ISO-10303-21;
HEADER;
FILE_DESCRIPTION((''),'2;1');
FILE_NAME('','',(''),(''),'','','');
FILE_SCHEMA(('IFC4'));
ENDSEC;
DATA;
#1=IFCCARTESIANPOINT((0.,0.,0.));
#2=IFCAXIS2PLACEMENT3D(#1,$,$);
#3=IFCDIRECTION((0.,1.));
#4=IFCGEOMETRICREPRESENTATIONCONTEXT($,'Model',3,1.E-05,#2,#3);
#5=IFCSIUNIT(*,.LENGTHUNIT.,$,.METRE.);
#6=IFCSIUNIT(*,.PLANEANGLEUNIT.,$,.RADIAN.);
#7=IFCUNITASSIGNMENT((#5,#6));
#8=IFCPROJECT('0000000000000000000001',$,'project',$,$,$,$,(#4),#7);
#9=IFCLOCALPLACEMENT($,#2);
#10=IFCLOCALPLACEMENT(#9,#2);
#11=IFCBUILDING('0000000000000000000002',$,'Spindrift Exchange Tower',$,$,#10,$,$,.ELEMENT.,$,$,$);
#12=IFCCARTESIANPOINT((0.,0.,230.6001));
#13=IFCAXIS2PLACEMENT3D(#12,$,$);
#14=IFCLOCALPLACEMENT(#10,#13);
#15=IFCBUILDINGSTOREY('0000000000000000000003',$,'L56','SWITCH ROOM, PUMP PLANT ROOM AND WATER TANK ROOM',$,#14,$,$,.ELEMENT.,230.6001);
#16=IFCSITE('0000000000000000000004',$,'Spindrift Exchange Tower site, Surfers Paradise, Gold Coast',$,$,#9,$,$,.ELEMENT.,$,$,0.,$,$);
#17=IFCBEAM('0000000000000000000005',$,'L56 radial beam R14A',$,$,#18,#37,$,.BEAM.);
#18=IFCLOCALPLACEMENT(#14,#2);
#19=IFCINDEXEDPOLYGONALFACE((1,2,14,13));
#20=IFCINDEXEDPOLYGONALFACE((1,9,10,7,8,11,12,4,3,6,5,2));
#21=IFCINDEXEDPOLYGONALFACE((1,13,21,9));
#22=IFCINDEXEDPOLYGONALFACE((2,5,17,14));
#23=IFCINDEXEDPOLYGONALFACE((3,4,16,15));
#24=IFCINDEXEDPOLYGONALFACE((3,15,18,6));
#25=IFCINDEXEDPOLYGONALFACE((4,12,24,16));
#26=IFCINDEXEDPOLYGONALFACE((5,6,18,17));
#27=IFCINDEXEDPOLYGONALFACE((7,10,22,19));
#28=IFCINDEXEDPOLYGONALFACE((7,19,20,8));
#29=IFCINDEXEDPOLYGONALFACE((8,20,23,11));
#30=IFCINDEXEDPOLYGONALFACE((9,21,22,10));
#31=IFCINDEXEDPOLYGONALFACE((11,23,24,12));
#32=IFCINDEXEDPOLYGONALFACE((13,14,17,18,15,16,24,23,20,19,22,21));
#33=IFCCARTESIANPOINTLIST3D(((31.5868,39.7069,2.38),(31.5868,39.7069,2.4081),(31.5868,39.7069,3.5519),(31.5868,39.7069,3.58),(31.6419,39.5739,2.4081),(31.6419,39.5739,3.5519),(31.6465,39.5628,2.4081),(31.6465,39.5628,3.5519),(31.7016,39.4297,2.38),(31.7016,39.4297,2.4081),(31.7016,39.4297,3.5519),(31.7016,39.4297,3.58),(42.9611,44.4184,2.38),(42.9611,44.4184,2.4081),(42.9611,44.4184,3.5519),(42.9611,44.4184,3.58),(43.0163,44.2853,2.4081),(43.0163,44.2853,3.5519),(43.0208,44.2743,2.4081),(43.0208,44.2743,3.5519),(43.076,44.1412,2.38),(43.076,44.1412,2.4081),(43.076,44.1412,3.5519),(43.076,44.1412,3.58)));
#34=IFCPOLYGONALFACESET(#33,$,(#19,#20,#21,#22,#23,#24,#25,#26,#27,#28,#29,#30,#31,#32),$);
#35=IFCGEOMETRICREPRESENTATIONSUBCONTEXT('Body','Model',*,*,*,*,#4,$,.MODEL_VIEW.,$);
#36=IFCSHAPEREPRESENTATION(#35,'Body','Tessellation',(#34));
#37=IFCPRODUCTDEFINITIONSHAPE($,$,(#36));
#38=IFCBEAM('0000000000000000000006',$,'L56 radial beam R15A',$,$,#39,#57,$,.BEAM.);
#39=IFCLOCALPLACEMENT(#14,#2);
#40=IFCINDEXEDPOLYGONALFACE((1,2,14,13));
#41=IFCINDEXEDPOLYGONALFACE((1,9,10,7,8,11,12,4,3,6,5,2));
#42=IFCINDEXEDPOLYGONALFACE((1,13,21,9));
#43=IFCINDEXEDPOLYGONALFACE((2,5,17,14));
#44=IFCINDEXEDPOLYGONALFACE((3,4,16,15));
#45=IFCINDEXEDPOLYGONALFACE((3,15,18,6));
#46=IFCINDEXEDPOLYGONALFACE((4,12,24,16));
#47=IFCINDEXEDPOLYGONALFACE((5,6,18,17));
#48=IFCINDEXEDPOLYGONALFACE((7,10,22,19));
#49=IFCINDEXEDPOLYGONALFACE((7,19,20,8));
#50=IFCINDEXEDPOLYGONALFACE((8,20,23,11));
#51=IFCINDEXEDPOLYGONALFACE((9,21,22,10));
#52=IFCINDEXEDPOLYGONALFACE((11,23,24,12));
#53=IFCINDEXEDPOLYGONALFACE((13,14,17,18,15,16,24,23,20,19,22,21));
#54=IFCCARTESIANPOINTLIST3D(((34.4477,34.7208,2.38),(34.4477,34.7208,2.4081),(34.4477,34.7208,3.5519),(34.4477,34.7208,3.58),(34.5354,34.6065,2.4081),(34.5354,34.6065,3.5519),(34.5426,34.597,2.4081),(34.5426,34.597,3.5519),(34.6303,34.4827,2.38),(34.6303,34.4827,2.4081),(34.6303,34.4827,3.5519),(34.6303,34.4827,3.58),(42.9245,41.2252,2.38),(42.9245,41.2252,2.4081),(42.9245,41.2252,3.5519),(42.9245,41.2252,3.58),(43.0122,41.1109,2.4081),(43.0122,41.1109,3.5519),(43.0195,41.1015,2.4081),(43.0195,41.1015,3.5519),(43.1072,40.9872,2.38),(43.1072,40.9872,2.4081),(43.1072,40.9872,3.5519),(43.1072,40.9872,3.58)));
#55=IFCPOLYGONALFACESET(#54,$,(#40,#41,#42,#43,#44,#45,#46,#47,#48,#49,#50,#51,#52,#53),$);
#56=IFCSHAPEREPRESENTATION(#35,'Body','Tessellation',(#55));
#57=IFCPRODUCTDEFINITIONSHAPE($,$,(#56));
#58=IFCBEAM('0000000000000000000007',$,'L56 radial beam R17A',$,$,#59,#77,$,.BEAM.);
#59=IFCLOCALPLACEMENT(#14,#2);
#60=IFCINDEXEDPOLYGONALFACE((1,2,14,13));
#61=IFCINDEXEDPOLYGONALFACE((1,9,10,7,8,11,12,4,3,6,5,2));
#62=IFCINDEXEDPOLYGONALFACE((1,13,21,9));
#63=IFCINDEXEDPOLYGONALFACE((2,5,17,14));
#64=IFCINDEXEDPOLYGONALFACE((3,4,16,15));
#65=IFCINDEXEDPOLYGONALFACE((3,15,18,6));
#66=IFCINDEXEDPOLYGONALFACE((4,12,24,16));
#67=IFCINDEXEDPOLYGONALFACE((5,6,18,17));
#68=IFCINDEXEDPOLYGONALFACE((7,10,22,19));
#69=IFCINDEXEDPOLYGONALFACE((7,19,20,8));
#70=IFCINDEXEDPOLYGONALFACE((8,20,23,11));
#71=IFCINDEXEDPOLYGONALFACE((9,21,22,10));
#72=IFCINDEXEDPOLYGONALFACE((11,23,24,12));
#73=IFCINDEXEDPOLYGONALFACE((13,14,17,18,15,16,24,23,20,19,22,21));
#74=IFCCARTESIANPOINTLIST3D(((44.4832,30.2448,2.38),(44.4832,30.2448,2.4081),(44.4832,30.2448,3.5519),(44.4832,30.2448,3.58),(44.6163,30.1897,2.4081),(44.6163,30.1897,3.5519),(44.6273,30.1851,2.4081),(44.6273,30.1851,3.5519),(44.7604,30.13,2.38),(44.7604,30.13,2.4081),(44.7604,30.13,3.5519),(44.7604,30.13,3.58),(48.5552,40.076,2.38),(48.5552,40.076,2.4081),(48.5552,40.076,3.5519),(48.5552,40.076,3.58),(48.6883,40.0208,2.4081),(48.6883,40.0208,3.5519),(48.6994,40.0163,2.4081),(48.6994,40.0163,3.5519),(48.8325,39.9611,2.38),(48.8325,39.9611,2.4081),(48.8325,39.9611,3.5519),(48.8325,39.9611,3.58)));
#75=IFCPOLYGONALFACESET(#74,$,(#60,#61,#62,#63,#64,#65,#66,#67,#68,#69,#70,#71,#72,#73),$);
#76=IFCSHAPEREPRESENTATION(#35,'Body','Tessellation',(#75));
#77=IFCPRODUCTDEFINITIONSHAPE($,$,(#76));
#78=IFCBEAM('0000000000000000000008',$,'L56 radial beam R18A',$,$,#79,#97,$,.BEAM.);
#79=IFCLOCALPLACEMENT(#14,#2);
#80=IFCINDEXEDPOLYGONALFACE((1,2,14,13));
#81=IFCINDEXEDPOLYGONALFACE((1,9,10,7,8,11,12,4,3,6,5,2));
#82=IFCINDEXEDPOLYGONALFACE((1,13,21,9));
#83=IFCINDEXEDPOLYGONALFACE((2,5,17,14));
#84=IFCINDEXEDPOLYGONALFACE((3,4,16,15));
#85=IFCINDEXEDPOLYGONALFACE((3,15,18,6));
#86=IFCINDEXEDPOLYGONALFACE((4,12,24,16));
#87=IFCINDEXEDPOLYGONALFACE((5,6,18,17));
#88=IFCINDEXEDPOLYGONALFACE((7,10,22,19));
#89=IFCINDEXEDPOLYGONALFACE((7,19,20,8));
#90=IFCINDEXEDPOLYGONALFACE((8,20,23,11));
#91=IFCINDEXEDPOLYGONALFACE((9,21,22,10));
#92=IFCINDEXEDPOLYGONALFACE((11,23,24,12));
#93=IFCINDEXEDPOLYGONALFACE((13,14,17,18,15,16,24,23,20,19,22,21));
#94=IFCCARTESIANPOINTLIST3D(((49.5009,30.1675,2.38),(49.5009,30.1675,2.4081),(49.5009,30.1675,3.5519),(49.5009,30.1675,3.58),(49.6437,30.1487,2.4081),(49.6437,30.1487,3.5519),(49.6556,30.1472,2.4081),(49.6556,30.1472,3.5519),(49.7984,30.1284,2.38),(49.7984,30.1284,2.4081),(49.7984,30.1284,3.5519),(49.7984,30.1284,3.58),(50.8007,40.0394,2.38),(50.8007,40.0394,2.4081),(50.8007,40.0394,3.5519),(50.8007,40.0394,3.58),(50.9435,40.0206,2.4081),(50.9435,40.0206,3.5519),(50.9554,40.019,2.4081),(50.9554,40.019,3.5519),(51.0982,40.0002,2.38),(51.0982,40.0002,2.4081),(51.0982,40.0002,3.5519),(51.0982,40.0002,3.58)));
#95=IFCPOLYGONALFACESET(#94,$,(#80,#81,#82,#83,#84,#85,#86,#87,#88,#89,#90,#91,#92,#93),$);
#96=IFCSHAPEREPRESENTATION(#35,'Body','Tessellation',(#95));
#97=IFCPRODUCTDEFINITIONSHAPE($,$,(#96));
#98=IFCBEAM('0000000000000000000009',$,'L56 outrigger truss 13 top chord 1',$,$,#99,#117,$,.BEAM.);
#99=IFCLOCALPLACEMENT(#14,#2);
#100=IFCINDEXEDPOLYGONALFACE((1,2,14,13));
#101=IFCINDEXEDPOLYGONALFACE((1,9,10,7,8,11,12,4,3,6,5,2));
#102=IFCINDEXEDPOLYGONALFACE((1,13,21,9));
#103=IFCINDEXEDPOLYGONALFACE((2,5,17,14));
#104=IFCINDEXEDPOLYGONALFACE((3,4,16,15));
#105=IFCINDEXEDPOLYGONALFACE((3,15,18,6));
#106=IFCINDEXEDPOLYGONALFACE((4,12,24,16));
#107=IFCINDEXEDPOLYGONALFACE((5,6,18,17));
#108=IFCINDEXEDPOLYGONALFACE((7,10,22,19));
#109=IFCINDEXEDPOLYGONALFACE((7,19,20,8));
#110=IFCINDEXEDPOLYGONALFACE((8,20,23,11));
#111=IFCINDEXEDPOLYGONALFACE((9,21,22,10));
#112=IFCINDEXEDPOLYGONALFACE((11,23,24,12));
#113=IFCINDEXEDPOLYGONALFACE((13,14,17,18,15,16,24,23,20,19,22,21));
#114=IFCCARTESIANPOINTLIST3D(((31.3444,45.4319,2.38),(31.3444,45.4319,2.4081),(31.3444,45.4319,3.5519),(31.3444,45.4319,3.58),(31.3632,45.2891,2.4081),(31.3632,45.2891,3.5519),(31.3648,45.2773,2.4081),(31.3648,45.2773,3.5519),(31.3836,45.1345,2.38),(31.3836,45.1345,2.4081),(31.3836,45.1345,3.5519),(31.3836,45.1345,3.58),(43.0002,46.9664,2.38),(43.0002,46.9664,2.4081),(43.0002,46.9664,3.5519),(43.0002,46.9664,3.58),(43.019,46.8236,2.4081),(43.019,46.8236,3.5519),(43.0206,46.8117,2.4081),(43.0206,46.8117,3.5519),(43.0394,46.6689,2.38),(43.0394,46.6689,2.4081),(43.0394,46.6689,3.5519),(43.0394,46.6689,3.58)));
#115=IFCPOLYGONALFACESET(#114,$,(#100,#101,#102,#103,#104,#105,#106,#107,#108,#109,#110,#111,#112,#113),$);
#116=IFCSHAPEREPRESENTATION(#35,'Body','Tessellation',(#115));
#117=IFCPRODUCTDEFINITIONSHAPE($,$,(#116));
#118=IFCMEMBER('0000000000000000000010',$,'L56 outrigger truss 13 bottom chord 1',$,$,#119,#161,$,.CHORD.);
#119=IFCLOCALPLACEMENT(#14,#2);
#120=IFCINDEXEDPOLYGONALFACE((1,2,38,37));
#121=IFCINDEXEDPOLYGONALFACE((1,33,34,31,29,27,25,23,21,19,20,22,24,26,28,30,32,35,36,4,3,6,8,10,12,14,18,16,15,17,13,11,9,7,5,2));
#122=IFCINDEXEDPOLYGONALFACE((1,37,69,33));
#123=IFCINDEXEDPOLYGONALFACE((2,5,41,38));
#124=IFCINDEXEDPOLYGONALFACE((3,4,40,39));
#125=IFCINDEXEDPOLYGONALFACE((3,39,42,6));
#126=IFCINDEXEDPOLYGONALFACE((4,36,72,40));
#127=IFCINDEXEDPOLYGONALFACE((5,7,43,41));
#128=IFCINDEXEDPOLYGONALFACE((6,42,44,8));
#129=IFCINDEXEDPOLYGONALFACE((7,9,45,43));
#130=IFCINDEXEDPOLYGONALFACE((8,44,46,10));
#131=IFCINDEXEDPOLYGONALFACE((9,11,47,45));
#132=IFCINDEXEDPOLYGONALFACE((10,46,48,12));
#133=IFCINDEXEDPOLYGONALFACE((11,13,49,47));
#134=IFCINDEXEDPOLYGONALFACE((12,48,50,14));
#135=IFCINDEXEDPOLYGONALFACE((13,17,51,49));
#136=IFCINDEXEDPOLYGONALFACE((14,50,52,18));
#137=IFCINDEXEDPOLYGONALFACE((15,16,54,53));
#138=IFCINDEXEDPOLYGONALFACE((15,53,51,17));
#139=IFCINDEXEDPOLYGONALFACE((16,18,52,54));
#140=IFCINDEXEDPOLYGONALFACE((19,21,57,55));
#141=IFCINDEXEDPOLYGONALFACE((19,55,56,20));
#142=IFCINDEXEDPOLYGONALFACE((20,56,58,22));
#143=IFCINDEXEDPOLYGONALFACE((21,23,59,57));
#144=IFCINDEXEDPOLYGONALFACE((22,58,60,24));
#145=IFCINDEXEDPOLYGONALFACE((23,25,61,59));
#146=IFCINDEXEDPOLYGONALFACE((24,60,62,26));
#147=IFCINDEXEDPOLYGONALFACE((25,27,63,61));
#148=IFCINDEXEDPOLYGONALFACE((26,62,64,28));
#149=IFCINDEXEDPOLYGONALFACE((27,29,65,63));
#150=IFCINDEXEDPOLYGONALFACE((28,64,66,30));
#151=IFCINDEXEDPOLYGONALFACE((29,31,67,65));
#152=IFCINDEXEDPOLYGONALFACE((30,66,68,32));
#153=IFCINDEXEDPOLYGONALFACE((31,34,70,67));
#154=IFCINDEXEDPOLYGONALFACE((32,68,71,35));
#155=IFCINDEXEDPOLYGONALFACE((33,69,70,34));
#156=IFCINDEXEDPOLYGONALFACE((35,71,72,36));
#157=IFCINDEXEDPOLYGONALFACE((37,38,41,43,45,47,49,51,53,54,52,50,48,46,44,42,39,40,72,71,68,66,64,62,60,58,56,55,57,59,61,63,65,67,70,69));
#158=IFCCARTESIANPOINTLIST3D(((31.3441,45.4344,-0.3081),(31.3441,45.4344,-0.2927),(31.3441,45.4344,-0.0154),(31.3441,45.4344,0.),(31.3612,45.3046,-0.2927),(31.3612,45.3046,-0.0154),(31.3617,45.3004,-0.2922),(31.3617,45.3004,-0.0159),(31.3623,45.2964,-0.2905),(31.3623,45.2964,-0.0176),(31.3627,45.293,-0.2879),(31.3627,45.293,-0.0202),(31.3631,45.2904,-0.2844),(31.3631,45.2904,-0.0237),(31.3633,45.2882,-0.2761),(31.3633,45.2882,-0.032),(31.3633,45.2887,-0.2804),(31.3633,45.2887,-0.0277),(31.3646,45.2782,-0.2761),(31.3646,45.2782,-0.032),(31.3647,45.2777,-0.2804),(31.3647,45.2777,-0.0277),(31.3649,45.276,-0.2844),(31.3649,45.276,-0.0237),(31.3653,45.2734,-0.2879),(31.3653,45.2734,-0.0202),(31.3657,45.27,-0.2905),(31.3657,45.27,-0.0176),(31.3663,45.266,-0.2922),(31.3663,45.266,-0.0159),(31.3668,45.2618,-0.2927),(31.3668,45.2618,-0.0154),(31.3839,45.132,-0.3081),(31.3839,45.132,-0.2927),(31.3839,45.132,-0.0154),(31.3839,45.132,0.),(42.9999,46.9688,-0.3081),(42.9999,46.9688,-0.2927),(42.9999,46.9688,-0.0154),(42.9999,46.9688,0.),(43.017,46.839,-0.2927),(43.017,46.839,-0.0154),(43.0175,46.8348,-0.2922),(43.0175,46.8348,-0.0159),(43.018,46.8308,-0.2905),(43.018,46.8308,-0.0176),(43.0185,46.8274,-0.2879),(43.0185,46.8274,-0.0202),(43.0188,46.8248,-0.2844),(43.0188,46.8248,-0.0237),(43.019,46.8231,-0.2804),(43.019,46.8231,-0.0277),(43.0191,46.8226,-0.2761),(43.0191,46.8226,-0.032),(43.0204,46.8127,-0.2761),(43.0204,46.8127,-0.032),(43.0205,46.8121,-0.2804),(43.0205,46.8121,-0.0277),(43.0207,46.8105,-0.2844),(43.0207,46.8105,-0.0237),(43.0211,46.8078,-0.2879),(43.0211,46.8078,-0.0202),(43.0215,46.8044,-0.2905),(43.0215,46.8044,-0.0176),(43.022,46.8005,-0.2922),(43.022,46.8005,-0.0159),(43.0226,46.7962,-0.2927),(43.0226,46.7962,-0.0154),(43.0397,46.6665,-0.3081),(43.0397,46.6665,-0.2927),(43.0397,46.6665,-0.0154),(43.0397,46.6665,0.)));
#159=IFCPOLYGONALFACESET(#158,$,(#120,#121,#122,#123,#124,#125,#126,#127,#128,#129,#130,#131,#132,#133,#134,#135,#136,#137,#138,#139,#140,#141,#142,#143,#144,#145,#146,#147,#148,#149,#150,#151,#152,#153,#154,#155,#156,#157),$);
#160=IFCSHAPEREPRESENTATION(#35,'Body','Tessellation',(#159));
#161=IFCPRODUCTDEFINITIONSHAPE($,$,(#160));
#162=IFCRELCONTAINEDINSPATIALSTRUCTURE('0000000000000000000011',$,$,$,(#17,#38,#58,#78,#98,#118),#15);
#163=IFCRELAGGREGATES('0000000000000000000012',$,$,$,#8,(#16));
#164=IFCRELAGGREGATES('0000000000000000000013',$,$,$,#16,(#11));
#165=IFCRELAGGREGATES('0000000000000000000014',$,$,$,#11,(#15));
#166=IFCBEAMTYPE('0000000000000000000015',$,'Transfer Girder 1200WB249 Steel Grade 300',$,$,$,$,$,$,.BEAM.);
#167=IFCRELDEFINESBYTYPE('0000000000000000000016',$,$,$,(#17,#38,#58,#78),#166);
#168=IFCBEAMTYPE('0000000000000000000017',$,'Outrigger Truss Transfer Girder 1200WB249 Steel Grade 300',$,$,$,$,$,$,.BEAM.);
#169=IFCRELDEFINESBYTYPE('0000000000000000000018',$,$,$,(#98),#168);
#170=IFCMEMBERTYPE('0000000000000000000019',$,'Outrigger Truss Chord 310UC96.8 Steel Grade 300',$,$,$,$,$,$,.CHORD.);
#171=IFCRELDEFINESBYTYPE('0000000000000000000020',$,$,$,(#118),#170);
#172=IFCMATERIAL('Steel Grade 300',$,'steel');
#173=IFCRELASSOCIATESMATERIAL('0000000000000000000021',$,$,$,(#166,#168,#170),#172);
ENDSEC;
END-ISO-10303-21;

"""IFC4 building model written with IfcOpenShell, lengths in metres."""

from ifc_helpers import new_model, si_unit, direction, frame, origin, origin_2d, place, context, subcontext, project, spatial, i_section, extrude, source, transform, mapped, material, material_profile, profile_set, type_object, element, save


model = new_model("IFC4")

# Units and contexts
model_context = context("Model", 3, precision=1e-05, world=origin(), true_north=direction((0.0, 1.0)))
body_context = subcontext(model_context, "Body", "Model", "MODEL_VIEW")
ifc_project = project(units=[si_unit("LENGTHUNIT", "METRE"), si_unit("PLANEANGLEUNIT", "RADIAN")], contexts=[model_context])

# Site, building, storey
site_placement = place(None, origin())
site = spatial("IfcSite", under=ifc_project, at=site_placement, Name="Spindrift Exchange Tower site, Surfers Paradise, Gold Coast", CompositionType="ELEMENT", RefElevation=0.0)
building_placement = place(site_placement, origin())
building = spatial("IfcBuilding", under=site, at=building_placement, Name="Spindrift Exchange Tower", CompositionType="ELEMENT")
storey_placement = place(building_placement, frame((0.0, 0.0, 230.6001)))
storey = spatial("IfcBuildingStorey", under=building, at=storey_placement, Name="L56", Description="SWITCH ROOM, PUMP PLANT ROOM AND WATER TANK ROOM", CompositionType="ELEMENT", Elevation=230.6001)

# Beams
ifc_material_1 = material(Name="Steel Grade 300", Category="steel")
ifc_material_profile_1 = material_profile(ifc_material_1, i_section(OverallWidth=0.3, OverallDepth=1.2, WebThickness=0.012, FlangeThickness=0.0281, at=origin_2d()), Name="1200WB249")
ifc_profile_set_1 = profile_set([ifc_material_profile_1], Name="Steel Grade 300")
beam_type_1 = type_object("IfcBeamType", Name="Transfer Girder 1200WB249 Steel Grade 300", PredefinedType="BEAM", material=ifc_profile_set_1)
shared_shape_1 = source(origin(), body_context, "Body", "SweptSolid", [
    extrude(i_section(OverallWidth=0.3, OverallDepth=1.2, WebThickness=0.012, FlangeThickness=0.0281, at=origin_2d()), origin(), (0.0, 0.0, 1.0), 12.3115),
])
beam_1_placement = place(storey_placement, frame((43.0186, 44.2798, 2.98), z_axis=(-0.923878, -0.382687, 0.0), x_axis=(0.382687, -0.923878, 0.0)))
element("IfcBeam", 1, at=beam_1_placement, inside=storey, type_object=beam_type_1, Name="L56 radial beam R14A", PredefinedType="BEAM", context=body_context, shape_type="MappedRepresentation", body=[
    mapped(shared_shape_1, transform((0.0, 0.0, 0.0), scale=1.0)),
])
shared_shape_2 = source(origin(), body_context, "Body", "SweptSolid", [
    extrude(i_section(OverallWidth=0.3, OverallDepth=1.2, WebThickness=0.012, FlangeThickness=0.0281, at=origin_2d()), origin(), (0.0, 0.0, 1.0), 10.6848),
])
beam_2_placement = place(storey_placement, frame((43.0159, 41.1062, 2.98), z_axis=(-0.793357, -0.608756, 0.0), x_axis=(0.608756, -0.793357, 0.0)))
element("IfcBeam", 2, at=beam_2_placement, inside=storey, type_object=beam_type_1, Name="L56 radial beam R15A", PredefinedType="BEAM", context=body_context, shape_type="MappedRepresentation", body=[
    mapped(shared_shape_2, transform((0.0, 0.0, 0.0), scale=1.0)),
])
shared_shape_3 = source(origin(), body_context, "Body", "SweptSolid", [
    extrude(i_section(OverallWidth=0.3, OverallDepth=1.2, WebThickness=0.012, FlangeThickness=0.0281, at=origin_2d()), origin(), (0.0, 0.0, 1.0), 10.6411),
])
beam_3_placement = place(storey_placement, frame((48.6938, 40.0186, 2.98), z_axis=(-0.382673, -0.923884, 0.0), x_axis=(0.923884, -0.382673, 0.0)))
element("IfcBeam", 3, at=beam_3_placement, inside=storey, type_object=beam_type_1, Name="L56 radial beam R17A", PredefinedType="BEAM", context=body_context, shape_type="MappedRepresentation", body=[
    mapped(shared_shape_3, transform((0.0, 0.0, 0.0), scale=1.0)),
])
shared_shape_4 = source(origin(), body_context, "Body", "SweptSolid", [
    extrude(i_section(OverallWidth=0.3, OverallDepth=1.2, WebThickness=0.012, FlangeThickness=0.0281, at=origin_2d()), origin(), (0.0, 0.0, 1.0), 9.957),
])
beam_4_placement = place(storey_placement, frame((50.9495, 40.0198, 2.98), z_axis=(-0.130541, -0.991443, 0.0), x_axis=(0.991443, -0.130541, 0.0)))
element("IfcBeam", 4, at=beam_4_placement, inside=storey, type_object=beam_type_1, Name="L56 radial beam R18A", PredefinedType="BEAM", context=body_context, shape_type="MappedRepresentation", body=[
    mapped(shared_shape_4, transform((0.0, 0.0, 0.0), scale=1.0)),
])
ifc_material_profile_2 = material_profile(ifc_material_1, i_section(OverallWidth=0.3, OverallDepth=1.2, WebThickness=0.012, FlangeThickness=0.0281, at=origin_2d()), Name="1200WB249")
ifc_profile_set_2 = profile_set([ifc_material_profile_2], Name="Steel Grade 300")
beam_type_2 = type_object("IfcBeamType", Name="Outrigger Truss Transfer Girder 1200WB249 Steel Grade 300", PredefinedType="BEAM", material=ifc_profile_set_2)
shared_shape_5 = source(origin(), body_context, "Body", "SweptSolid", [
    extrude(i_section(OverallWidth=0.3, OverallDepth=1.2, WebThickness=0.012, FlangeThickness=0.0281, at=origin_2d()), origin(), (0.0, 0.0, 1.0), 11.7563),
])
beam_5_placement = place(storey_placement, frame((43.0198, 46.8176, 2.98), z_axis=(-0.991446, -0.130519, 0.0), x_axis=(0.130519, -0.991446, 0.0)))
element("IfcBeam", 5, at=beam_5_placement, inside=storey, type_object=beam_type_2, Name="L56 outrigger truss 13 top chord 1", PredefinedType="BEAM", context=body_context, shape_type="MappedRepresentation", body=[
    mapped(shared_shape_5, transform((0.0, 0.0, 0.0), scale=1.0)),
])

# Member
ifc_material_profile_3 = material_profile(ifc_material_1, i_section(OverallWidth=0.3049, OverallDepth=0.3081, WebThickness=0.01, FlangeThickness=0.0154, FilletRadius=0.0166, at=origin_2d()), Name="310UC96.8")
ifc_profile_set_3 = profile_set([ifc_material_profile_3], Name="Steel Grade 300")
member_type = type_object("IfcMemberType", Name="Outrigger Truss Chord 310UC96.8 Steel Grade 300", PredefinedType="CHORD", material=ifc_profile_set_3)
shared_shape_6 = source(origin(), body_context, "Body", "SweptSolid", [
    extrude(i_section(OverallWidth=0.3049, OverallDepth=0.3081, WebThickness=0.01, FlangeThickness=0.0154, FilletRadius=0.0166, at=origin_2d()), origin(), (0.0, 0.0, 1.0), 11.7563),
])
member_placement = place(storey_placement, frame((43.0198, 46.8176, -0.1541), z_axis=(-0.991446, -0.130519, 0.0), x_axis=(0.130519, -0.991446, 0.0)))
element("IfcMember", 6, at=member_placement, inside=storey, type_object=member_type, Name="L56 outrigger truss 13 bottom chord 1", PredefinedType="CHORD", context=body_context, shape_type="MappedRepresentation", body=[
    mapped(shared_shape_6, transform((0.0, 0.0, 0.0), scale=1.0)),
])

save(model, "model.ifc")
